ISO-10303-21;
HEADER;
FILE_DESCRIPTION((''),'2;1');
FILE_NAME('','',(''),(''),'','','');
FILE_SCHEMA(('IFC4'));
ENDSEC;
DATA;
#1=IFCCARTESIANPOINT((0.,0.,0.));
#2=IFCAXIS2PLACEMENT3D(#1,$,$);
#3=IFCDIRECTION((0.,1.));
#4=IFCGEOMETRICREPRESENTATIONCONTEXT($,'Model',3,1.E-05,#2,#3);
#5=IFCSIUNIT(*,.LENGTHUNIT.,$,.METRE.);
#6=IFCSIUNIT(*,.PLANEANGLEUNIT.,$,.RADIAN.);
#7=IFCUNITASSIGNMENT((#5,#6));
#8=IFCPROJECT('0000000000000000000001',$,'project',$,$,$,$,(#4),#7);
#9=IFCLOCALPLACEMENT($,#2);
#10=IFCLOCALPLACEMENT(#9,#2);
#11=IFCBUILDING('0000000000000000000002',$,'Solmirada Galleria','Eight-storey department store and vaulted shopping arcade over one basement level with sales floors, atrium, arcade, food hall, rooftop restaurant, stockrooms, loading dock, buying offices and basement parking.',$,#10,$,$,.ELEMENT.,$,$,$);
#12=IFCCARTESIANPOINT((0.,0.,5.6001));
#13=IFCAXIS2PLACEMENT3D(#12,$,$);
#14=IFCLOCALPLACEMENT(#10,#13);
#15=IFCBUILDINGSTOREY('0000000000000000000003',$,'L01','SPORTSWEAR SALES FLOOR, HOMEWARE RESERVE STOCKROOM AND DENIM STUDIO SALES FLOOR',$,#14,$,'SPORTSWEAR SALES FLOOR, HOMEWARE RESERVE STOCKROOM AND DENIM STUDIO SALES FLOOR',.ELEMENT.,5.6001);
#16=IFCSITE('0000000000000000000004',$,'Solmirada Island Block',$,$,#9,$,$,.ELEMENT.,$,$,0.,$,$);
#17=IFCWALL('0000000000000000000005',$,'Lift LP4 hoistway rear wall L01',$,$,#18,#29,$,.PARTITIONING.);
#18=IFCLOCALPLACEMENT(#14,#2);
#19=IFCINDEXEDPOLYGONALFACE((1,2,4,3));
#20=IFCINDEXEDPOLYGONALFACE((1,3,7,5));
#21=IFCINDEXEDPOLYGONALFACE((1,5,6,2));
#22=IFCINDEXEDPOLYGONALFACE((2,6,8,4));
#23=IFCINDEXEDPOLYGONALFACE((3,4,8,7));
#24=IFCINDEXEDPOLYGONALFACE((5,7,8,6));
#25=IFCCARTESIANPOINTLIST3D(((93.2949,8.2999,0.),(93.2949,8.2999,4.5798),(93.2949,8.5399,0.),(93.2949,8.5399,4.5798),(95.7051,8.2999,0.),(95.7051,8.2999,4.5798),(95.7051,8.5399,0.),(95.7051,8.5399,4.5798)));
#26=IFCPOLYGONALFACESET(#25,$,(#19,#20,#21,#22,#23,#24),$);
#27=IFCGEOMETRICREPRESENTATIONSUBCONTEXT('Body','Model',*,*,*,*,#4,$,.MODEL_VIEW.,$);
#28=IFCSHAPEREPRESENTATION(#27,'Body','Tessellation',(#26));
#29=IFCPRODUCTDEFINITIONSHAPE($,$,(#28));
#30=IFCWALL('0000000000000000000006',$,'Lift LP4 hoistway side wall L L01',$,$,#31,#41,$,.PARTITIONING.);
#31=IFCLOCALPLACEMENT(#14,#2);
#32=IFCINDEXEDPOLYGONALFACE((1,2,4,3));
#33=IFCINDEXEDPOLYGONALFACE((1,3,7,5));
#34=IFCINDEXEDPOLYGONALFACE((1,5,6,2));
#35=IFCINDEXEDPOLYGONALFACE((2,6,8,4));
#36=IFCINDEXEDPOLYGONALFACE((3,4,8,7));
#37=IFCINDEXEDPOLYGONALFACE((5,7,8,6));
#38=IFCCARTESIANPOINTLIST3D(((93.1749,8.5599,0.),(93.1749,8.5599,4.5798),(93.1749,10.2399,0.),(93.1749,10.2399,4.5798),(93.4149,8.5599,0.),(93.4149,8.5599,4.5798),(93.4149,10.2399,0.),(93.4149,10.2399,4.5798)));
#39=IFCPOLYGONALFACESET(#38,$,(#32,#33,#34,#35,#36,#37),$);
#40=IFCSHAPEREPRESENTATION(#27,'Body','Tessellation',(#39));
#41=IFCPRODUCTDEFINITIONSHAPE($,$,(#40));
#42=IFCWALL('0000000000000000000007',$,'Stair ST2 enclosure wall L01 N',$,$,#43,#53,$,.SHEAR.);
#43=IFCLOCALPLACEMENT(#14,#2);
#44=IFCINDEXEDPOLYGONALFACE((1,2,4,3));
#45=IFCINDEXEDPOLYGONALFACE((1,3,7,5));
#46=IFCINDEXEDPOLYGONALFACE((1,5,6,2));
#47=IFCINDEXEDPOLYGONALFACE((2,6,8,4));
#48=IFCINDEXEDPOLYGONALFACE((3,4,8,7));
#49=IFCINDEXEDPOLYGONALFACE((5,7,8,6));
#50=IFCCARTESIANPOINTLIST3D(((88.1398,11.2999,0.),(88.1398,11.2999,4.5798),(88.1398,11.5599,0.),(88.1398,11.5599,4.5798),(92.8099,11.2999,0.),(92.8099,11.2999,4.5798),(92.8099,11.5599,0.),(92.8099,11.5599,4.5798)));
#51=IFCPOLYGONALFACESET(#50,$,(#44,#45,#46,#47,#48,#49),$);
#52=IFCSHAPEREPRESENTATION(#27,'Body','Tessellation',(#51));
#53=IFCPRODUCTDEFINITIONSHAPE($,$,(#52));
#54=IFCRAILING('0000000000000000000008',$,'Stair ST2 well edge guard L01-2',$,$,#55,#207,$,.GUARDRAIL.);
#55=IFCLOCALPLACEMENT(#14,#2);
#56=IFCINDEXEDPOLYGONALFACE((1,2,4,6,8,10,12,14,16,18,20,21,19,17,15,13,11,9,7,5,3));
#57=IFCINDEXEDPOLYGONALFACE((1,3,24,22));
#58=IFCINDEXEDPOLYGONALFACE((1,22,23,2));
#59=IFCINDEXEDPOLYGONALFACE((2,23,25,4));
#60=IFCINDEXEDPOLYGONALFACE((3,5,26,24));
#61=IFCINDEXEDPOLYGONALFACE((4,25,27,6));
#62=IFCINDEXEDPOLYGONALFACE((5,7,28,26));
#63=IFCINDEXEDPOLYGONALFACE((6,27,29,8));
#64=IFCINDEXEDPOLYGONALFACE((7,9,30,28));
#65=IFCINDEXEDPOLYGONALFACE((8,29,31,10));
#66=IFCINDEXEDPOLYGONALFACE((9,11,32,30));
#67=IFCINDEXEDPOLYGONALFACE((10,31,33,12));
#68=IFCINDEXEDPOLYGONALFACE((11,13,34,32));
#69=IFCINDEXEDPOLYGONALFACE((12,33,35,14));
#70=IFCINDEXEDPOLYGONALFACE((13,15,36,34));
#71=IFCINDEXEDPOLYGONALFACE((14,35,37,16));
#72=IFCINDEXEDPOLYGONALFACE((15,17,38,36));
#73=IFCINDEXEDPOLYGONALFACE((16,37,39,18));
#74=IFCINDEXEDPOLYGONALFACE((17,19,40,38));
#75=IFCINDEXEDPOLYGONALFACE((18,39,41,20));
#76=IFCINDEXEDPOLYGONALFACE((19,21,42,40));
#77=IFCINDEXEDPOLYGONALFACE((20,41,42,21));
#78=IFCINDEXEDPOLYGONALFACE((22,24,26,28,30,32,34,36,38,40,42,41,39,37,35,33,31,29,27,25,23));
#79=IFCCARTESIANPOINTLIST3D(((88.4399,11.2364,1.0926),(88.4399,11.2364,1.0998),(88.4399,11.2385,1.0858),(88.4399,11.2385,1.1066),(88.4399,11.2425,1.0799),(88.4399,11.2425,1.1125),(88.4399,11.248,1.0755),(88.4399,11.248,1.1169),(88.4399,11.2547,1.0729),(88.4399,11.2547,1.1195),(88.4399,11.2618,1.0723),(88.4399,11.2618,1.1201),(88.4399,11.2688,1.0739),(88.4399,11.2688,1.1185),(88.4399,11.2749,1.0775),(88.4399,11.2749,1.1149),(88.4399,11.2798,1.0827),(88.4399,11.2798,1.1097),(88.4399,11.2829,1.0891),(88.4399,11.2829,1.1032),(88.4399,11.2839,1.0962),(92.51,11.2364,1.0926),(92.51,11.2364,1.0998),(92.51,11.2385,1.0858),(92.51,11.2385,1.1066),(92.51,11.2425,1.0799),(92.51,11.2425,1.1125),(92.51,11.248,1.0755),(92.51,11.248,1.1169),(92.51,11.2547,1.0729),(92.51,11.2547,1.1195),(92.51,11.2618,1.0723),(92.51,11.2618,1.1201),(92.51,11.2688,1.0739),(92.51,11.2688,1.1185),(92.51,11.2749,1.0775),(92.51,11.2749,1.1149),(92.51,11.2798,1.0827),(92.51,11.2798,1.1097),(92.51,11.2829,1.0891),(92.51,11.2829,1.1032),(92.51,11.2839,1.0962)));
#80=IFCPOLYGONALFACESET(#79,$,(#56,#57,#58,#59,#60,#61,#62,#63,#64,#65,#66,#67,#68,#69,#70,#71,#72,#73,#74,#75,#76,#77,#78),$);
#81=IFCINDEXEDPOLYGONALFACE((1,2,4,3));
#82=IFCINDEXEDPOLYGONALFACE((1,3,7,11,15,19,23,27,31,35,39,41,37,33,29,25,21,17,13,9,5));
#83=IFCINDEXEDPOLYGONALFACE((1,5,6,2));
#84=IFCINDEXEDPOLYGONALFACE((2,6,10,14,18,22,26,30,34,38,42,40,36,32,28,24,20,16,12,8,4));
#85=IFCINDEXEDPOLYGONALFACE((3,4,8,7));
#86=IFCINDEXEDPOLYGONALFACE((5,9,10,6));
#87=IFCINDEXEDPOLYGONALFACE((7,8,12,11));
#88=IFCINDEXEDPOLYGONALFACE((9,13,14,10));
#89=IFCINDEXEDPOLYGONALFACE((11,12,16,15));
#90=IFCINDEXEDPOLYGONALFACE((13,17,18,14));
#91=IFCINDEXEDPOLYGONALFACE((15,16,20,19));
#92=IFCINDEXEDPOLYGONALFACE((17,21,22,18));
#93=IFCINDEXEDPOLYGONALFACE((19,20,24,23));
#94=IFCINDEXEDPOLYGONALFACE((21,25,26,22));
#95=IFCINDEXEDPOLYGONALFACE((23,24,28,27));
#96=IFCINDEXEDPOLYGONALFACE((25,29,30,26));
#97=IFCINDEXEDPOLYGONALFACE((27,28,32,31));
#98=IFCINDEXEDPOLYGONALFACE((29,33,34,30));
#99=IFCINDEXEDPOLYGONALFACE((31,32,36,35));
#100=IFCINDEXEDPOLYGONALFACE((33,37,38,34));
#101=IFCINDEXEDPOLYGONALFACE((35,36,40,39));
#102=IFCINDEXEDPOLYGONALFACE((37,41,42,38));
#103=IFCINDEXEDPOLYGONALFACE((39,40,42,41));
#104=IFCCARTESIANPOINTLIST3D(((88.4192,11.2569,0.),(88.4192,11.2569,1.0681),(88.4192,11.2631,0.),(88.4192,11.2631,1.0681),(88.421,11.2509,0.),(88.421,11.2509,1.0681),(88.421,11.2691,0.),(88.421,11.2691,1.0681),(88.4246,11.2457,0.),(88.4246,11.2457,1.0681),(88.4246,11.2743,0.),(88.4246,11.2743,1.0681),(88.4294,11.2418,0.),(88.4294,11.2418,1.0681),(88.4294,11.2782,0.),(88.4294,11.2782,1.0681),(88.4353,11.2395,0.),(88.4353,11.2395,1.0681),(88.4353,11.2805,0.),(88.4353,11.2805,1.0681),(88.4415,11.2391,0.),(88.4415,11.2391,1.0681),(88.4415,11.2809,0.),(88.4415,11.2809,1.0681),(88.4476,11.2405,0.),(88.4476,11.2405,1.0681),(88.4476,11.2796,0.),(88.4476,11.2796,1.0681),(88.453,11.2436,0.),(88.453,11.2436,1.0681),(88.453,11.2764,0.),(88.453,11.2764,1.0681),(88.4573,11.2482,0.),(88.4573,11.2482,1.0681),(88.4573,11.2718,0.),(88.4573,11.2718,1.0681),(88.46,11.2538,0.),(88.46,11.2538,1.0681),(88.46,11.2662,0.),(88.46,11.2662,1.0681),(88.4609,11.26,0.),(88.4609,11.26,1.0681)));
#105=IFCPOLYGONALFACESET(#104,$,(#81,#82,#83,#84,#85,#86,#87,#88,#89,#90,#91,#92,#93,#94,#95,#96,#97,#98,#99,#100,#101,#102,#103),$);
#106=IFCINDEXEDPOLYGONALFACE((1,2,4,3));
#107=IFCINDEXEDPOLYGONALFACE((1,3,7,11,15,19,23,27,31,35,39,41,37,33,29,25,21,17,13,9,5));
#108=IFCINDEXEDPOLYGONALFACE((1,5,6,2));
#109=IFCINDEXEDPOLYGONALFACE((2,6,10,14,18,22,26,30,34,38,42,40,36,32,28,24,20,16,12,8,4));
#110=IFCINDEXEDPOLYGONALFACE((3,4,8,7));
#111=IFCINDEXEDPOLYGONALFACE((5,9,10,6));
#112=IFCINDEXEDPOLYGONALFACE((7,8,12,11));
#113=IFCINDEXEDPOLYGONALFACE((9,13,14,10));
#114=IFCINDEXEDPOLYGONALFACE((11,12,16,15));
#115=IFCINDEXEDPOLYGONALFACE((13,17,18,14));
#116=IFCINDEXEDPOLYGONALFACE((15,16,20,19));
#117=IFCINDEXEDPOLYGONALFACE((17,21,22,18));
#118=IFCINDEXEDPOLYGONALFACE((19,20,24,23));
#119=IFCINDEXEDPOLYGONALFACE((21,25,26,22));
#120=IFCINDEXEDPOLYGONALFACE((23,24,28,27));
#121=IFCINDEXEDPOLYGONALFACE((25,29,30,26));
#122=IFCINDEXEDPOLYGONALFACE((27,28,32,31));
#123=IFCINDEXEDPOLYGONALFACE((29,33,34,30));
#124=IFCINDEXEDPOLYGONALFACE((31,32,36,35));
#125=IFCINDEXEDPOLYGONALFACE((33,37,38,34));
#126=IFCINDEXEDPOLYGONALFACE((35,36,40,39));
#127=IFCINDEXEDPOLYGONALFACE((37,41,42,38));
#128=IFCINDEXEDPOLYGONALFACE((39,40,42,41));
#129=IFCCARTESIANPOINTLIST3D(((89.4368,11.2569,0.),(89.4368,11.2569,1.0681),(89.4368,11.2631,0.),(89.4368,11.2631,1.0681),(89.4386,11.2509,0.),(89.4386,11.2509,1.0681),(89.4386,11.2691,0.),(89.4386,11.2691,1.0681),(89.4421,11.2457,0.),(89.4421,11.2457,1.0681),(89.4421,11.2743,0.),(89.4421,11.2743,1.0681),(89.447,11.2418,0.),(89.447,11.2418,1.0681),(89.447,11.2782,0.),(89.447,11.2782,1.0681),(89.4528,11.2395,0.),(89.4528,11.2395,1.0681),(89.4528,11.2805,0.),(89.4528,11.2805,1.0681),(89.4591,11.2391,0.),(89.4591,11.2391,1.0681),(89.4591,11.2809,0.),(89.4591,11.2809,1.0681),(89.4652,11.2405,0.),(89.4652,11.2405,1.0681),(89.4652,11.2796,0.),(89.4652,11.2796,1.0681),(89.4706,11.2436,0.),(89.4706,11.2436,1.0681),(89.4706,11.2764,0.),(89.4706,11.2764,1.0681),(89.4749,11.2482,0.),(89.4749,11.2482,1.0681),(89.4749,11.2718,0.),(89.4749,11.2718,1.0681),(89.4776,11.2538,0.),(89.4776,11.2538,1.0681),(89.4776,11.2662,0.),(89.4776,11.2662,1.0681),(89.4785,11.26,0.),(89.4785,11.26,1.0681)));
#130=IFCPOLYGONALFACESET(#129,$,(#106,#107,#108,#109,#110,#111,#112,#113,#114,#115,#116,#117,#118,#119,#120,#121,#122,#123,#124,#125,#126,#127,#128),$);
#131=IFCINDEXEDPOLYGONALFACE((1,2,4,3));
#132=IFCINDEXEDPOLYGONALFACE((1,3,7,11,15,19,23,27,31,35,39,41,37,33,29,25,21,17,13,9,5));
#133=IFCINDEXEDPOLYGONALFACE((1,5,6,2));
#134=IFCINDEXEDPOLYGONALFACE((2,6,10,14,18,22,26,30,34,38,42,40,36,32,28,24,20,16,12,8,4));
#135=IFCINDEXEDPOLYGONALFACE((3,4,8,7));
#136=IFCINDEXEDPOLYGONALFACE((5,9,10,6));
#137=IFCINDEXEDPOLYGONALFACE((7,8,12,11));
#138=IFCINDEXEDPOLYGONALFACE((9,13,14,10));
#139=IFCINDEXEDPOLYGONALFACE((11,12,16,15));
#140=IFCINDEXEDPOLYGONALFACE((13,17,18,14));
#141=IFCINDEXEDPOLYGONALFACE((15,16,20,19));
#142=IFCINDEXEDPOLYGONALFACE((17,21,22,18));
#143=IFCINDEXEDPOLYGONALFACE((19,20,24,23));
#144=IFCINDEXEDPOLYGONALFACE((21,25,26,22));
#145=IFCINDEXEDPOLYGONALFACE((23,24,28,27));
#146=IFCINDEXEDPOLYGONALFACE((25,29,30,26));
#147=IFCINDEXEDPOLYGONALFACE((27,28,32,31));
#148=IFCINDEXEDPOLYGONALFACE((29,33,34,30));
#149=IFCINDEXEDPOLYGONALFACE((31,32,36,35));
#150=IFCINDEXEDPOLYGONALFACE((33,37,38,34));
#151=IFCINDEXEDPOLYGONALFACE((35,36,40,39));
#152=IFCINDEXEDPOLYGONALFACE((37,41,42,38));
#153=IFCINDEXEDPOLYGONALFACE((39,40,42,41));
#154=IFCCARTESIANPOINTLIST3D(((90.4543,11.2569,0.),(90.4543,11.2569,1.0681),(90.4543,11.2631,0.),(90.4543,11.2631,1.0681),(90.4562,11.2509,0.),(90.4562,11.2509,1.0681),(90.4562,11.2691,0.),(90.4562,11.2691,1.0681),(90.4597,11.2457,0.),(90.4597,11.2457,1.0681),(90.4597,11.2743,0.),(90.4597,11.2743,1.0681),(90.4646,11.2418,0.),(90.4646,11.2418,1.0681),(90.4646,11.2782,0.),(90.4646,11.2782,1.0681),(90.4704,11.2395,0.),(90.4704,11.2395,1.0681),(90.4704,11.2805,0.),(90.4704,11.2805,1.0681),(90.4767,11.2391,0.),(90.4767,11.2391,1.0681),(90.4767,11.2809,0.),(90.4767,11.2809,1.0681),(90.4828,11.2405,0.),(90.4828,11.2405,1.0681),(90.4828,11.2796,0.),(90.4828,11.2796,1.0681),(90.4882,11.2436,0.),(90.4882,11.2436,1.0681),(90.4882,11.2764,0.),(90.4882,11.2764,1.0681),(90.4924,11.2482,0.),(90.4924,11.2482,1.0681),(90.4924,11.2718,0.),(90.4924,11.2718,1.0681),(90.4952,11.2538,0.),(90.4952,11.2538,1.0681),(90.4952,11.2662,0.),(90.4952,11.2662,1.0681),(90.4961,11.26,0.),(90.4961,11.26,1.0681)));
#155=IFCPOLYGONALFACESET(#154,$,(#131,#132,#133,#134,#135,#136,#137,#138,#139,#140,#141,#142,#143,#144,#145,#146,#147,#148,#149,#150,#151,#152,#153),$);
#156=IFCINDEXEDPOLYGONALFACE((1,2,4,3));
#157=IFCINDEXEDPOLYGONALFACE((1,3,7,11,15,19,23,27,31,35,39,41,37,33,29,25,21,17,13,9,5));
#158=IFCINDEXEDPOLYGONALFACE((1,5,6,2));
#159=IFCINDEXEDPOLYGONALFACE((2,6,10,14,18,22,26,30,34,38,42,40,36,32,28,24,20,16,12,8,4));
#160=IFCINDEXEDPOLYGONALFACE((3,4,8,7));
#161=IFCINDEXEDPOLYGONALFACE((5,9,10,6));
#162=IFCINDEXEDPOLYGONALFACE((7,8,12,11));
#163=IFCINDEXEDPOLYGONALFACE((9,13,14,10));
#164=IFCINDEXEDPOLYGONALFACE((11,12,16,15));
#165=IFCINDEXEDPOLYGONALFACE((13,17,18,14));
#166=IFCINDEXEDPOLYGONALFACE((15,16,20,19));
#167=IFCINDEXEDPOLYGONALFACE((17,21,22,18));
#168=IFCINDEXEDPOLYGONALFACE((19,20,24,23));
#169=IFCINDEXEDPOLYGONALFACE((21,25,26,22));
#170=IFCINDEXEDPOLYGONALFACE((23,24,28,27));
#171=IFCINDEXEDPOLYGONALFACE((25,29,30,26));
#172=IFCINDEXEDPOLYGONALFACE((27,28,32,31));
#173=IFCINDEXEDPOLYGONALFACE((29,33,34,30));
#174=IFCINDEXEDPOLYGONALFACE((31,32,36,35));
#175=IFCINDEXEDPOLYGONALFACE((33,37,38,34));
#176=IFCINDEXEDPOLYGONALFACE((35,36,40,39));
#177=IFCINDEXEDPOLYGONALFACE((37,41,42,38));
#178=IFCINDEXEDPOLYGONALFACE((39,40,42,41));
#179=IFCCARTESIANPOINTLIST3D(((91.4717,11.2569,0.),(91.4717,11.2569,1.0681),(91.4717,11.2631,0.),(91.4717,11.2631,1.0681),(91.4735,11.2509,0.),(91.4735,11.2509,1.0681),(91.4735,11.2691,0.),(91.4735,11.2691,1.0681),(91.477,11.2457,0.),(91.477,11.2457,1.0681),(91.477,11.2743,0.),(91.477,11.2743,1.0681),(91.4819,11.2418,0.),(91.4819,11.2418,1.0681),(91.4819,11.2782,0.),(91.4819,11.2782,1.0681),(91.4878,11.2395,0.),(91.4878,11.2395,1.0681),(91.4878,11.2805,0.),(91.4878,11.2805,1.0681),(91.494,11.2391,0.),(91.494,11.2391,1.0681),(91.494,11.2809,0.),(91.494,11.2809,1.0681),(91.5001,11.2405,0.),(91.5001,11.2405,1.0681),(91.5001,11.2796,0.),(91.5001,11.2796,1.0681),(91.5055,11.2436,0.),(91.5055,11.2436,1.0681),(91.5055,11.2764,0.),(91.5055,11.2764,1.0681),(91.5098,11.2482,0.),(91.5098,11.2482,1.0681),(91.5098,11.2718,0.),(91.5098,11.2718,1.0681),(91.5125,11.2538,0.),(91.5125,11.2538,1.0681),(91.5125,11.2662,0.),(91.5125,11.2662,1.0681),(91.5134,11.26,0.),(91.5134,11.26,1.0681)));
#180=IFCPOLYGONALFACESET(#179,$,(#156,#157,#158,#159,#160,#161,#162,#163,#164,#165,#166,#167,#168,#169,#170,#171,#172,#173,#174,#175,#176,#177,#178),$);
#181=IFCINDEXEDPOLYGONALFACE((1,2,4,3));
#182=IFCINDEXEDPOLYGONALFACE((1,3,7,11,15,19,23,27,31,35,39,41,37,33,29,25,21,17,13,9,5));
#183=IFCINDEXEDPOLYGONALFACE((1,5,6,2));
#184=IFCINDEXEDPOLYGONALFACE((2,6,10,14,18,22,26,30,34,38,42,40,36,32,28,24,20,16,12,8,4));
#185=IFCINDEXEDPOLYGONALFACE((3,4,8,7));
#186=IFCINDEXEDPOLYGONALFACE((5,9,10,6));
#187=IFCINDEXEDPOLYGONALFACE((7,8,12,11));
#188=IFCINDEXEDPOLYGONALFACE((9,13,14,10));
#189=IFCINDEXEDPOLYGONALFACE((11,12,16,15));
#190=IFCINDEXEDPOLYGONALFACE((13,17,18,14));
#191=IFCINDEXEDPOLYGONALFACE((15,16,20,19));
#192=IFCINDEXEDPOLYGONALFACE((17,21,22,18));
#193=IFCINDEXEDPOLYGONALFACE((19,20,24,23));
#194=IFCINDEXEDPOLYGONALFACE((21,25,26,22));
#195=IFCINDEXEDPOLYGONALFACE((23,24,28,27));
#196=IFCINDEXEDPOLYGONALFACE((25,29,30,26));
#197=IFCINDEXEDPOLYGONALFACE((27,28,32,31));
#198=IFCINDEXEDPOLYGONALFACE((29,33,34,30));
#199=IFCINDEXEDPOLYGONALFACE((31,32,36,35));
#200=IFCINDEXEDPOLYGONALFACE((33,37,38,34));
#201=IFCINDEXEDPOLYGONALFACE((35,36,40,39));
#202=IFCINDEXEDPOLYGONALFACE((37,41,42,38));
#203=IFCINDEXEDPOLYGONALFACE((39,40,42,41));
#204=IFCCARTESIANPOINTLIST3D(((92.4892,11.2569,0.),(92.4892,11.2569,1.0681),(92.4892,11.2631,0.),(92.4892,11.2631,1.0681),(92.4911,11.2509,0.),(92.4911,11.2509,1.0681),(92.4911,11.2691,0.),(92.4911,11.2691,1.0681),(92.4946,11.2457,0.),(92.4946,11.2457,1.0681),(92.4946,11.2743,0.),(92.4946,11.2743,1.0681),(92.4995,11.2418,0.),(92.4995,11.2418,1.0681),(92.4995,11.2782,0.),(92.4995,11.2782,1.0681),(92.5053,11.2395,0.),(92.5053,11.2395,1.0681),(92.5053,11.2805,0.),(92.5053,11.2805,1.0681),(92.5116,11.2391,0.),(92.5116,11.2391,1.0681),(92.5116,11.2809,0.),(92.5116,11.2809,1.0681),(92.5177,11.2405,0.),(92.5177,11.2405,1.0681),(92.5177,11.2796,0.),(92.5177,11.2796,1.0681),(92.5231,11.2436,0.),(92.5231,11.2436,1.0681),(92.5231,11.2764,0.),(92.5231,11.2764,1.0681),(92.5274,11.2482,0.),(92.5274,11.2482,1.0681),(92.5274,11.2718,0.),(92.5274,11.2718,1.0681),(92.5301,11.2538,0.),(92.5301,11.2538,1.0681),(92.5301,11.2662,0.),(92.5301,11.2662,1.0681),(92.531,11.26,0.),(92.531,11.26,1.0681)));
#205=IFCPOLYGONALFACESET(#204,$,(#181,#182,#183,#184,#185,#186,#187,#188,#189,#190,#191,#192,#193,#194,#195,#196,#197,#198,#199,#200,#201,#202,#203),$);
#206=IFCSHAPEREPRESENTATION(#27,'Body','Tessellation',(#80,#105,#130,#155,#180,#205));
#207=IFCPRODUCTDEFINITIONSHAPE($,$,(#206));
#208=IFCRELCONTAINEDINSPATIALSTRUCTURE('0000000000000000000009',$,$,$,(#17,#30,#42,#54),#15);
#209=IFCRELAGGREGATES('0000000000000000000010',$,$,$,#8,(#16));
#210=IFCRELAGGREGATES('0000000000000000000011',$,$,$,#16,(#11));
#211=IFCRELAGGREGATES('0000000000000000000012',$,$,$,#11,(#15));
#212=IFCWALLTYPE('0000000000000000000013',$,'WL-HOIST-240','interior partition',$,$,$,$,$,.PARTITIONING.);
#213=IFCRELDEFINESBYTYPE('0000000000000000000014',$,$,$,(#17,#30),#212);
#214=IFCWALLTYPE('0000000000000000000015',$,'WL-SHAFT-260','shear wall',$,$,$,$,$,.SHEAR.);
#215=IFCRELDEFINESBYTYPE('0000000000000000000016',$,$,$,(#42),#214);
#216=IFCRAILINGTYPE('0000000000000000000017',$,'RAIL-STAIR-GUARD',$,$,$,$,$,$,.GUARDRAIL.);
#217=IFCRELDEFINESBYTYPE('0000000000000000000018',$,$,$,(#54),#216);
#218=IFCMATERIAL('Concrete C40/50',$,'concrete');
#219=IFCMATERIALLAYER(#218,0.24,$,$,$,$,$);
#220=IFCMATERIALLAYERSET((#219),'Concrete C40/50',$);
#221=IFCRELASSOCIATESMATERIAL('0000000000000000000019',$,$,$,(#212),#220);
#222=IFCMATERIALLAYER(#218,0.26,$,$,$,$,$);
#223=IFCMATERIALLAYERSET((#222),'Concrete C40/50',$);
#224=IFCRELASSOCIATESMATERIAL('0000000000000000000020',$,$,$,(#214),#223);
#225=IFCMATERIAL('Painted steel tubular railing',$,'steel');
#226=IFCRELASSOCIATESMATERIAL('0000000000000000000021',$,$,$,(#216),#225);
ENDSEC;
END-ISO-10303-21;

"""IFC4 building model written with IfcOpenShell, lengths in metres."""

from ifc_helpers import new_model, si_unit, direction, frame, frame_2d, origin, origin_2d, place, context, subcontext, project, spatial, rectangle, circle, extrude, material, layer, layer_set, type_object, element, save


model = new_model("IFC4")

# Units and contexts
model_context = context("Model", 3, precision=1e-05, world=origin(), true_north=direction((0.0, 1.0)))
body_context = subcontext(model_context, "Body", "Model", "MODEL_VIEW")
ifc_project = project(units=[si_unit("LENGTHUNIT", "METRE"), si_unit("PLANEANGLEUNIT", "RADIAN")], contexts=[model_context])

# Site, building, storey
site_placement = place(None, origin())
site = spatial("IfcSite", under=ifc_project, at=site_placement, Name="Solmirada Island Block", CompositionType="ELEMENT", RefElevation=0.0)
building_placement = place(site_placement, origin())
building = spatial("IfcBuilding", under=site, at=building_placement, Name="Solmirada Galleria", Description="Eight-storey department store and vaulted shopping arcade over one basement level with sales floors, atrium, arcade, food hall, rooftop restaurant, stockrooms, loading dock, buying offices and basement parking.", CompositionType="ELEMENT")
storey_placement = place(building_placement, frame((0.0, 0.0, 5.6001)))
storey = spatial("IfcBuildingStorey", under=building, at=storey_placement, Name="L01", Description="SPORTSWEAR SALES FLOOR, HOMEWARE RESERVE STOCKROOM AND DENIM STUDIO SALES FLOOR", LongName="SPORTSWEAR SALES FLOOR, HOMEWARE RESERVE STOCKROOM AND DENIM STUDIO SALES FLOOR", CompositionType="ELEMENT", Elevation=5.6001)

# Shared definitions
ifc_material_1 = material(Name="Concrete C40/50", Category="concrete")

# Shared definitions
ifc_layer_1 = layer(ifc_material_1, 0.24)
ifc_layer_set_1 = layer_set([ifc_layer_1], Name="Concrete C40/50")
wall_type_1 = type_object("IfcWallType", Name="WL-HOIST-240", Description="interior partition", PredefinedType="PARTITIONING", material=ifc_layer_set_1)

# Walls
wall_1_placement = place(storey_placement, frame((93.2949, 8.4199, 0.0), z_axis=(0.0, 0.0, 1.0), x_axis=(1.0, 0.0, 0.0)))
element("IfcWall", 1, at=wall_1_placement, inside=storey, type_object=wall_type_1, Name="Lift LP4 hoistway rear wall L01", PredefinedType="PARTITIONING", context=body_context, shape_type="SweptSolid", body=[
    extrude(rectangle(XDim=2.4102, YDim=0.24, at=frame_2d((1.2051, 0.0))), origin(), (0.0, 0.0, 1.0), 4.5798),
])
wall_2_placement = place(storey_placement, frame((93.2949, 8.5601, 0.0), z_axis=(0.0, 0.0, 1.0), x_axis=(0.0, 1.0, 0.0)))
element("IfcWall", 2, at=wall_2_placement, inside=storey, type_object=wall_type_1, Name="Lift LP4 hoistway side wall L L01", PredefinedType="PARTITIONING", context=body_context, shape_type="SweptSolid", body=[
    extrude(rectangle(XDim=1.6799, YDim=0.24, at=frame_2d((0.8398, 0.0))), origin(), (0.0, 0.0, 1.0), 4.5798),
])
ifc_layer_2 = layer(ifc_material_1, 0.26)
ifc_layer_set_2 = layer_set([ifc_layer_2], Name="Concrete C40/50")
wall_type_2 = type_object("IfcWallType", Name="WL-SHAFT-260", Description="shear wall", PredefinedType="SHEAR", material=ifc_layer_set_2)
wall_3_placement = place(storey_placement, frame((88.1399, 11.4299, 0.0), z_axis=(0.0, 0.0, 1.0), x_axis=(1.0, 0.0, 0.0)))
element("IfcWall", 3, at=wall_3_placement, inside=storey, type_object=wall_type_2, Name="Stair ST2 enclosure wall L01 N", PredefinedType="SHEAR", context=body_context, shape_type="SweptSolid", body=[
    extrude(rectangle(XDim=4.6702, YDim=0.26, at=frame_2d((2.335, 0.0))), origin(), (0.0, 0.0, 1.0), 4.5798),
])

# Railing
ifc_material_2 = material(Name="Painted steel tubular railing", Category="steel")
railing_type = type_object("IfcRailingType", Name="RAIL-STAIR-GUARD", PredefinedType="GUARDRAIL", material=ifc_material_2)
railing_1_placement = place(storey_placement, frame((88.4399, 11.26, 0.0)))
element("IfcRailing", 4, at=railing_1_placement, inside=storey, type_object=railing_type, Name="Stair ST2 well edge guard L01-2", PredefinedType="GUARDRAIL", context=body_context, shape_type="SweptSolid", body=[
    extrude(circle(Radius=0.0239, at=origin_2d()), frame((0.0, 0.0, 1.0962), z_axis=(1.0, 0.0, 0.0), x_axis=(0.0, 1.0, 0.0)), (0.0, 0.0, 1.0), 4.0701),
    extrude(circle(Radius=0.021, at=origin_2d()), origin(), (0.0, 0.0, 1.0), 1.0681),
    extrude(circle(Radius=0.021, at=origin_2d()), frame((1.0176, 0.0, 0.0)), (0.0, 0.0, 1.0), 1.0681),
    extrude(circle(Radius=0.021, at=origin_2d()), frame((2.0352, 0.0, 0.0)), (0.0, 0.0, 1.0), 1.0681),
    extrude(circle(Radius=0.021, at=origin_2d()), frame((3.0525, 0.0, 0.0)), (0.0, 0.0, 1.0), 1.0681),
    extrude(circle(Radius=0.021, at=origin_2d()), frame((4.0701, 0.0, 0.0)), (0.0, 0.0, 1.0), 1.0681),
])

save(model, "model.ifc")
